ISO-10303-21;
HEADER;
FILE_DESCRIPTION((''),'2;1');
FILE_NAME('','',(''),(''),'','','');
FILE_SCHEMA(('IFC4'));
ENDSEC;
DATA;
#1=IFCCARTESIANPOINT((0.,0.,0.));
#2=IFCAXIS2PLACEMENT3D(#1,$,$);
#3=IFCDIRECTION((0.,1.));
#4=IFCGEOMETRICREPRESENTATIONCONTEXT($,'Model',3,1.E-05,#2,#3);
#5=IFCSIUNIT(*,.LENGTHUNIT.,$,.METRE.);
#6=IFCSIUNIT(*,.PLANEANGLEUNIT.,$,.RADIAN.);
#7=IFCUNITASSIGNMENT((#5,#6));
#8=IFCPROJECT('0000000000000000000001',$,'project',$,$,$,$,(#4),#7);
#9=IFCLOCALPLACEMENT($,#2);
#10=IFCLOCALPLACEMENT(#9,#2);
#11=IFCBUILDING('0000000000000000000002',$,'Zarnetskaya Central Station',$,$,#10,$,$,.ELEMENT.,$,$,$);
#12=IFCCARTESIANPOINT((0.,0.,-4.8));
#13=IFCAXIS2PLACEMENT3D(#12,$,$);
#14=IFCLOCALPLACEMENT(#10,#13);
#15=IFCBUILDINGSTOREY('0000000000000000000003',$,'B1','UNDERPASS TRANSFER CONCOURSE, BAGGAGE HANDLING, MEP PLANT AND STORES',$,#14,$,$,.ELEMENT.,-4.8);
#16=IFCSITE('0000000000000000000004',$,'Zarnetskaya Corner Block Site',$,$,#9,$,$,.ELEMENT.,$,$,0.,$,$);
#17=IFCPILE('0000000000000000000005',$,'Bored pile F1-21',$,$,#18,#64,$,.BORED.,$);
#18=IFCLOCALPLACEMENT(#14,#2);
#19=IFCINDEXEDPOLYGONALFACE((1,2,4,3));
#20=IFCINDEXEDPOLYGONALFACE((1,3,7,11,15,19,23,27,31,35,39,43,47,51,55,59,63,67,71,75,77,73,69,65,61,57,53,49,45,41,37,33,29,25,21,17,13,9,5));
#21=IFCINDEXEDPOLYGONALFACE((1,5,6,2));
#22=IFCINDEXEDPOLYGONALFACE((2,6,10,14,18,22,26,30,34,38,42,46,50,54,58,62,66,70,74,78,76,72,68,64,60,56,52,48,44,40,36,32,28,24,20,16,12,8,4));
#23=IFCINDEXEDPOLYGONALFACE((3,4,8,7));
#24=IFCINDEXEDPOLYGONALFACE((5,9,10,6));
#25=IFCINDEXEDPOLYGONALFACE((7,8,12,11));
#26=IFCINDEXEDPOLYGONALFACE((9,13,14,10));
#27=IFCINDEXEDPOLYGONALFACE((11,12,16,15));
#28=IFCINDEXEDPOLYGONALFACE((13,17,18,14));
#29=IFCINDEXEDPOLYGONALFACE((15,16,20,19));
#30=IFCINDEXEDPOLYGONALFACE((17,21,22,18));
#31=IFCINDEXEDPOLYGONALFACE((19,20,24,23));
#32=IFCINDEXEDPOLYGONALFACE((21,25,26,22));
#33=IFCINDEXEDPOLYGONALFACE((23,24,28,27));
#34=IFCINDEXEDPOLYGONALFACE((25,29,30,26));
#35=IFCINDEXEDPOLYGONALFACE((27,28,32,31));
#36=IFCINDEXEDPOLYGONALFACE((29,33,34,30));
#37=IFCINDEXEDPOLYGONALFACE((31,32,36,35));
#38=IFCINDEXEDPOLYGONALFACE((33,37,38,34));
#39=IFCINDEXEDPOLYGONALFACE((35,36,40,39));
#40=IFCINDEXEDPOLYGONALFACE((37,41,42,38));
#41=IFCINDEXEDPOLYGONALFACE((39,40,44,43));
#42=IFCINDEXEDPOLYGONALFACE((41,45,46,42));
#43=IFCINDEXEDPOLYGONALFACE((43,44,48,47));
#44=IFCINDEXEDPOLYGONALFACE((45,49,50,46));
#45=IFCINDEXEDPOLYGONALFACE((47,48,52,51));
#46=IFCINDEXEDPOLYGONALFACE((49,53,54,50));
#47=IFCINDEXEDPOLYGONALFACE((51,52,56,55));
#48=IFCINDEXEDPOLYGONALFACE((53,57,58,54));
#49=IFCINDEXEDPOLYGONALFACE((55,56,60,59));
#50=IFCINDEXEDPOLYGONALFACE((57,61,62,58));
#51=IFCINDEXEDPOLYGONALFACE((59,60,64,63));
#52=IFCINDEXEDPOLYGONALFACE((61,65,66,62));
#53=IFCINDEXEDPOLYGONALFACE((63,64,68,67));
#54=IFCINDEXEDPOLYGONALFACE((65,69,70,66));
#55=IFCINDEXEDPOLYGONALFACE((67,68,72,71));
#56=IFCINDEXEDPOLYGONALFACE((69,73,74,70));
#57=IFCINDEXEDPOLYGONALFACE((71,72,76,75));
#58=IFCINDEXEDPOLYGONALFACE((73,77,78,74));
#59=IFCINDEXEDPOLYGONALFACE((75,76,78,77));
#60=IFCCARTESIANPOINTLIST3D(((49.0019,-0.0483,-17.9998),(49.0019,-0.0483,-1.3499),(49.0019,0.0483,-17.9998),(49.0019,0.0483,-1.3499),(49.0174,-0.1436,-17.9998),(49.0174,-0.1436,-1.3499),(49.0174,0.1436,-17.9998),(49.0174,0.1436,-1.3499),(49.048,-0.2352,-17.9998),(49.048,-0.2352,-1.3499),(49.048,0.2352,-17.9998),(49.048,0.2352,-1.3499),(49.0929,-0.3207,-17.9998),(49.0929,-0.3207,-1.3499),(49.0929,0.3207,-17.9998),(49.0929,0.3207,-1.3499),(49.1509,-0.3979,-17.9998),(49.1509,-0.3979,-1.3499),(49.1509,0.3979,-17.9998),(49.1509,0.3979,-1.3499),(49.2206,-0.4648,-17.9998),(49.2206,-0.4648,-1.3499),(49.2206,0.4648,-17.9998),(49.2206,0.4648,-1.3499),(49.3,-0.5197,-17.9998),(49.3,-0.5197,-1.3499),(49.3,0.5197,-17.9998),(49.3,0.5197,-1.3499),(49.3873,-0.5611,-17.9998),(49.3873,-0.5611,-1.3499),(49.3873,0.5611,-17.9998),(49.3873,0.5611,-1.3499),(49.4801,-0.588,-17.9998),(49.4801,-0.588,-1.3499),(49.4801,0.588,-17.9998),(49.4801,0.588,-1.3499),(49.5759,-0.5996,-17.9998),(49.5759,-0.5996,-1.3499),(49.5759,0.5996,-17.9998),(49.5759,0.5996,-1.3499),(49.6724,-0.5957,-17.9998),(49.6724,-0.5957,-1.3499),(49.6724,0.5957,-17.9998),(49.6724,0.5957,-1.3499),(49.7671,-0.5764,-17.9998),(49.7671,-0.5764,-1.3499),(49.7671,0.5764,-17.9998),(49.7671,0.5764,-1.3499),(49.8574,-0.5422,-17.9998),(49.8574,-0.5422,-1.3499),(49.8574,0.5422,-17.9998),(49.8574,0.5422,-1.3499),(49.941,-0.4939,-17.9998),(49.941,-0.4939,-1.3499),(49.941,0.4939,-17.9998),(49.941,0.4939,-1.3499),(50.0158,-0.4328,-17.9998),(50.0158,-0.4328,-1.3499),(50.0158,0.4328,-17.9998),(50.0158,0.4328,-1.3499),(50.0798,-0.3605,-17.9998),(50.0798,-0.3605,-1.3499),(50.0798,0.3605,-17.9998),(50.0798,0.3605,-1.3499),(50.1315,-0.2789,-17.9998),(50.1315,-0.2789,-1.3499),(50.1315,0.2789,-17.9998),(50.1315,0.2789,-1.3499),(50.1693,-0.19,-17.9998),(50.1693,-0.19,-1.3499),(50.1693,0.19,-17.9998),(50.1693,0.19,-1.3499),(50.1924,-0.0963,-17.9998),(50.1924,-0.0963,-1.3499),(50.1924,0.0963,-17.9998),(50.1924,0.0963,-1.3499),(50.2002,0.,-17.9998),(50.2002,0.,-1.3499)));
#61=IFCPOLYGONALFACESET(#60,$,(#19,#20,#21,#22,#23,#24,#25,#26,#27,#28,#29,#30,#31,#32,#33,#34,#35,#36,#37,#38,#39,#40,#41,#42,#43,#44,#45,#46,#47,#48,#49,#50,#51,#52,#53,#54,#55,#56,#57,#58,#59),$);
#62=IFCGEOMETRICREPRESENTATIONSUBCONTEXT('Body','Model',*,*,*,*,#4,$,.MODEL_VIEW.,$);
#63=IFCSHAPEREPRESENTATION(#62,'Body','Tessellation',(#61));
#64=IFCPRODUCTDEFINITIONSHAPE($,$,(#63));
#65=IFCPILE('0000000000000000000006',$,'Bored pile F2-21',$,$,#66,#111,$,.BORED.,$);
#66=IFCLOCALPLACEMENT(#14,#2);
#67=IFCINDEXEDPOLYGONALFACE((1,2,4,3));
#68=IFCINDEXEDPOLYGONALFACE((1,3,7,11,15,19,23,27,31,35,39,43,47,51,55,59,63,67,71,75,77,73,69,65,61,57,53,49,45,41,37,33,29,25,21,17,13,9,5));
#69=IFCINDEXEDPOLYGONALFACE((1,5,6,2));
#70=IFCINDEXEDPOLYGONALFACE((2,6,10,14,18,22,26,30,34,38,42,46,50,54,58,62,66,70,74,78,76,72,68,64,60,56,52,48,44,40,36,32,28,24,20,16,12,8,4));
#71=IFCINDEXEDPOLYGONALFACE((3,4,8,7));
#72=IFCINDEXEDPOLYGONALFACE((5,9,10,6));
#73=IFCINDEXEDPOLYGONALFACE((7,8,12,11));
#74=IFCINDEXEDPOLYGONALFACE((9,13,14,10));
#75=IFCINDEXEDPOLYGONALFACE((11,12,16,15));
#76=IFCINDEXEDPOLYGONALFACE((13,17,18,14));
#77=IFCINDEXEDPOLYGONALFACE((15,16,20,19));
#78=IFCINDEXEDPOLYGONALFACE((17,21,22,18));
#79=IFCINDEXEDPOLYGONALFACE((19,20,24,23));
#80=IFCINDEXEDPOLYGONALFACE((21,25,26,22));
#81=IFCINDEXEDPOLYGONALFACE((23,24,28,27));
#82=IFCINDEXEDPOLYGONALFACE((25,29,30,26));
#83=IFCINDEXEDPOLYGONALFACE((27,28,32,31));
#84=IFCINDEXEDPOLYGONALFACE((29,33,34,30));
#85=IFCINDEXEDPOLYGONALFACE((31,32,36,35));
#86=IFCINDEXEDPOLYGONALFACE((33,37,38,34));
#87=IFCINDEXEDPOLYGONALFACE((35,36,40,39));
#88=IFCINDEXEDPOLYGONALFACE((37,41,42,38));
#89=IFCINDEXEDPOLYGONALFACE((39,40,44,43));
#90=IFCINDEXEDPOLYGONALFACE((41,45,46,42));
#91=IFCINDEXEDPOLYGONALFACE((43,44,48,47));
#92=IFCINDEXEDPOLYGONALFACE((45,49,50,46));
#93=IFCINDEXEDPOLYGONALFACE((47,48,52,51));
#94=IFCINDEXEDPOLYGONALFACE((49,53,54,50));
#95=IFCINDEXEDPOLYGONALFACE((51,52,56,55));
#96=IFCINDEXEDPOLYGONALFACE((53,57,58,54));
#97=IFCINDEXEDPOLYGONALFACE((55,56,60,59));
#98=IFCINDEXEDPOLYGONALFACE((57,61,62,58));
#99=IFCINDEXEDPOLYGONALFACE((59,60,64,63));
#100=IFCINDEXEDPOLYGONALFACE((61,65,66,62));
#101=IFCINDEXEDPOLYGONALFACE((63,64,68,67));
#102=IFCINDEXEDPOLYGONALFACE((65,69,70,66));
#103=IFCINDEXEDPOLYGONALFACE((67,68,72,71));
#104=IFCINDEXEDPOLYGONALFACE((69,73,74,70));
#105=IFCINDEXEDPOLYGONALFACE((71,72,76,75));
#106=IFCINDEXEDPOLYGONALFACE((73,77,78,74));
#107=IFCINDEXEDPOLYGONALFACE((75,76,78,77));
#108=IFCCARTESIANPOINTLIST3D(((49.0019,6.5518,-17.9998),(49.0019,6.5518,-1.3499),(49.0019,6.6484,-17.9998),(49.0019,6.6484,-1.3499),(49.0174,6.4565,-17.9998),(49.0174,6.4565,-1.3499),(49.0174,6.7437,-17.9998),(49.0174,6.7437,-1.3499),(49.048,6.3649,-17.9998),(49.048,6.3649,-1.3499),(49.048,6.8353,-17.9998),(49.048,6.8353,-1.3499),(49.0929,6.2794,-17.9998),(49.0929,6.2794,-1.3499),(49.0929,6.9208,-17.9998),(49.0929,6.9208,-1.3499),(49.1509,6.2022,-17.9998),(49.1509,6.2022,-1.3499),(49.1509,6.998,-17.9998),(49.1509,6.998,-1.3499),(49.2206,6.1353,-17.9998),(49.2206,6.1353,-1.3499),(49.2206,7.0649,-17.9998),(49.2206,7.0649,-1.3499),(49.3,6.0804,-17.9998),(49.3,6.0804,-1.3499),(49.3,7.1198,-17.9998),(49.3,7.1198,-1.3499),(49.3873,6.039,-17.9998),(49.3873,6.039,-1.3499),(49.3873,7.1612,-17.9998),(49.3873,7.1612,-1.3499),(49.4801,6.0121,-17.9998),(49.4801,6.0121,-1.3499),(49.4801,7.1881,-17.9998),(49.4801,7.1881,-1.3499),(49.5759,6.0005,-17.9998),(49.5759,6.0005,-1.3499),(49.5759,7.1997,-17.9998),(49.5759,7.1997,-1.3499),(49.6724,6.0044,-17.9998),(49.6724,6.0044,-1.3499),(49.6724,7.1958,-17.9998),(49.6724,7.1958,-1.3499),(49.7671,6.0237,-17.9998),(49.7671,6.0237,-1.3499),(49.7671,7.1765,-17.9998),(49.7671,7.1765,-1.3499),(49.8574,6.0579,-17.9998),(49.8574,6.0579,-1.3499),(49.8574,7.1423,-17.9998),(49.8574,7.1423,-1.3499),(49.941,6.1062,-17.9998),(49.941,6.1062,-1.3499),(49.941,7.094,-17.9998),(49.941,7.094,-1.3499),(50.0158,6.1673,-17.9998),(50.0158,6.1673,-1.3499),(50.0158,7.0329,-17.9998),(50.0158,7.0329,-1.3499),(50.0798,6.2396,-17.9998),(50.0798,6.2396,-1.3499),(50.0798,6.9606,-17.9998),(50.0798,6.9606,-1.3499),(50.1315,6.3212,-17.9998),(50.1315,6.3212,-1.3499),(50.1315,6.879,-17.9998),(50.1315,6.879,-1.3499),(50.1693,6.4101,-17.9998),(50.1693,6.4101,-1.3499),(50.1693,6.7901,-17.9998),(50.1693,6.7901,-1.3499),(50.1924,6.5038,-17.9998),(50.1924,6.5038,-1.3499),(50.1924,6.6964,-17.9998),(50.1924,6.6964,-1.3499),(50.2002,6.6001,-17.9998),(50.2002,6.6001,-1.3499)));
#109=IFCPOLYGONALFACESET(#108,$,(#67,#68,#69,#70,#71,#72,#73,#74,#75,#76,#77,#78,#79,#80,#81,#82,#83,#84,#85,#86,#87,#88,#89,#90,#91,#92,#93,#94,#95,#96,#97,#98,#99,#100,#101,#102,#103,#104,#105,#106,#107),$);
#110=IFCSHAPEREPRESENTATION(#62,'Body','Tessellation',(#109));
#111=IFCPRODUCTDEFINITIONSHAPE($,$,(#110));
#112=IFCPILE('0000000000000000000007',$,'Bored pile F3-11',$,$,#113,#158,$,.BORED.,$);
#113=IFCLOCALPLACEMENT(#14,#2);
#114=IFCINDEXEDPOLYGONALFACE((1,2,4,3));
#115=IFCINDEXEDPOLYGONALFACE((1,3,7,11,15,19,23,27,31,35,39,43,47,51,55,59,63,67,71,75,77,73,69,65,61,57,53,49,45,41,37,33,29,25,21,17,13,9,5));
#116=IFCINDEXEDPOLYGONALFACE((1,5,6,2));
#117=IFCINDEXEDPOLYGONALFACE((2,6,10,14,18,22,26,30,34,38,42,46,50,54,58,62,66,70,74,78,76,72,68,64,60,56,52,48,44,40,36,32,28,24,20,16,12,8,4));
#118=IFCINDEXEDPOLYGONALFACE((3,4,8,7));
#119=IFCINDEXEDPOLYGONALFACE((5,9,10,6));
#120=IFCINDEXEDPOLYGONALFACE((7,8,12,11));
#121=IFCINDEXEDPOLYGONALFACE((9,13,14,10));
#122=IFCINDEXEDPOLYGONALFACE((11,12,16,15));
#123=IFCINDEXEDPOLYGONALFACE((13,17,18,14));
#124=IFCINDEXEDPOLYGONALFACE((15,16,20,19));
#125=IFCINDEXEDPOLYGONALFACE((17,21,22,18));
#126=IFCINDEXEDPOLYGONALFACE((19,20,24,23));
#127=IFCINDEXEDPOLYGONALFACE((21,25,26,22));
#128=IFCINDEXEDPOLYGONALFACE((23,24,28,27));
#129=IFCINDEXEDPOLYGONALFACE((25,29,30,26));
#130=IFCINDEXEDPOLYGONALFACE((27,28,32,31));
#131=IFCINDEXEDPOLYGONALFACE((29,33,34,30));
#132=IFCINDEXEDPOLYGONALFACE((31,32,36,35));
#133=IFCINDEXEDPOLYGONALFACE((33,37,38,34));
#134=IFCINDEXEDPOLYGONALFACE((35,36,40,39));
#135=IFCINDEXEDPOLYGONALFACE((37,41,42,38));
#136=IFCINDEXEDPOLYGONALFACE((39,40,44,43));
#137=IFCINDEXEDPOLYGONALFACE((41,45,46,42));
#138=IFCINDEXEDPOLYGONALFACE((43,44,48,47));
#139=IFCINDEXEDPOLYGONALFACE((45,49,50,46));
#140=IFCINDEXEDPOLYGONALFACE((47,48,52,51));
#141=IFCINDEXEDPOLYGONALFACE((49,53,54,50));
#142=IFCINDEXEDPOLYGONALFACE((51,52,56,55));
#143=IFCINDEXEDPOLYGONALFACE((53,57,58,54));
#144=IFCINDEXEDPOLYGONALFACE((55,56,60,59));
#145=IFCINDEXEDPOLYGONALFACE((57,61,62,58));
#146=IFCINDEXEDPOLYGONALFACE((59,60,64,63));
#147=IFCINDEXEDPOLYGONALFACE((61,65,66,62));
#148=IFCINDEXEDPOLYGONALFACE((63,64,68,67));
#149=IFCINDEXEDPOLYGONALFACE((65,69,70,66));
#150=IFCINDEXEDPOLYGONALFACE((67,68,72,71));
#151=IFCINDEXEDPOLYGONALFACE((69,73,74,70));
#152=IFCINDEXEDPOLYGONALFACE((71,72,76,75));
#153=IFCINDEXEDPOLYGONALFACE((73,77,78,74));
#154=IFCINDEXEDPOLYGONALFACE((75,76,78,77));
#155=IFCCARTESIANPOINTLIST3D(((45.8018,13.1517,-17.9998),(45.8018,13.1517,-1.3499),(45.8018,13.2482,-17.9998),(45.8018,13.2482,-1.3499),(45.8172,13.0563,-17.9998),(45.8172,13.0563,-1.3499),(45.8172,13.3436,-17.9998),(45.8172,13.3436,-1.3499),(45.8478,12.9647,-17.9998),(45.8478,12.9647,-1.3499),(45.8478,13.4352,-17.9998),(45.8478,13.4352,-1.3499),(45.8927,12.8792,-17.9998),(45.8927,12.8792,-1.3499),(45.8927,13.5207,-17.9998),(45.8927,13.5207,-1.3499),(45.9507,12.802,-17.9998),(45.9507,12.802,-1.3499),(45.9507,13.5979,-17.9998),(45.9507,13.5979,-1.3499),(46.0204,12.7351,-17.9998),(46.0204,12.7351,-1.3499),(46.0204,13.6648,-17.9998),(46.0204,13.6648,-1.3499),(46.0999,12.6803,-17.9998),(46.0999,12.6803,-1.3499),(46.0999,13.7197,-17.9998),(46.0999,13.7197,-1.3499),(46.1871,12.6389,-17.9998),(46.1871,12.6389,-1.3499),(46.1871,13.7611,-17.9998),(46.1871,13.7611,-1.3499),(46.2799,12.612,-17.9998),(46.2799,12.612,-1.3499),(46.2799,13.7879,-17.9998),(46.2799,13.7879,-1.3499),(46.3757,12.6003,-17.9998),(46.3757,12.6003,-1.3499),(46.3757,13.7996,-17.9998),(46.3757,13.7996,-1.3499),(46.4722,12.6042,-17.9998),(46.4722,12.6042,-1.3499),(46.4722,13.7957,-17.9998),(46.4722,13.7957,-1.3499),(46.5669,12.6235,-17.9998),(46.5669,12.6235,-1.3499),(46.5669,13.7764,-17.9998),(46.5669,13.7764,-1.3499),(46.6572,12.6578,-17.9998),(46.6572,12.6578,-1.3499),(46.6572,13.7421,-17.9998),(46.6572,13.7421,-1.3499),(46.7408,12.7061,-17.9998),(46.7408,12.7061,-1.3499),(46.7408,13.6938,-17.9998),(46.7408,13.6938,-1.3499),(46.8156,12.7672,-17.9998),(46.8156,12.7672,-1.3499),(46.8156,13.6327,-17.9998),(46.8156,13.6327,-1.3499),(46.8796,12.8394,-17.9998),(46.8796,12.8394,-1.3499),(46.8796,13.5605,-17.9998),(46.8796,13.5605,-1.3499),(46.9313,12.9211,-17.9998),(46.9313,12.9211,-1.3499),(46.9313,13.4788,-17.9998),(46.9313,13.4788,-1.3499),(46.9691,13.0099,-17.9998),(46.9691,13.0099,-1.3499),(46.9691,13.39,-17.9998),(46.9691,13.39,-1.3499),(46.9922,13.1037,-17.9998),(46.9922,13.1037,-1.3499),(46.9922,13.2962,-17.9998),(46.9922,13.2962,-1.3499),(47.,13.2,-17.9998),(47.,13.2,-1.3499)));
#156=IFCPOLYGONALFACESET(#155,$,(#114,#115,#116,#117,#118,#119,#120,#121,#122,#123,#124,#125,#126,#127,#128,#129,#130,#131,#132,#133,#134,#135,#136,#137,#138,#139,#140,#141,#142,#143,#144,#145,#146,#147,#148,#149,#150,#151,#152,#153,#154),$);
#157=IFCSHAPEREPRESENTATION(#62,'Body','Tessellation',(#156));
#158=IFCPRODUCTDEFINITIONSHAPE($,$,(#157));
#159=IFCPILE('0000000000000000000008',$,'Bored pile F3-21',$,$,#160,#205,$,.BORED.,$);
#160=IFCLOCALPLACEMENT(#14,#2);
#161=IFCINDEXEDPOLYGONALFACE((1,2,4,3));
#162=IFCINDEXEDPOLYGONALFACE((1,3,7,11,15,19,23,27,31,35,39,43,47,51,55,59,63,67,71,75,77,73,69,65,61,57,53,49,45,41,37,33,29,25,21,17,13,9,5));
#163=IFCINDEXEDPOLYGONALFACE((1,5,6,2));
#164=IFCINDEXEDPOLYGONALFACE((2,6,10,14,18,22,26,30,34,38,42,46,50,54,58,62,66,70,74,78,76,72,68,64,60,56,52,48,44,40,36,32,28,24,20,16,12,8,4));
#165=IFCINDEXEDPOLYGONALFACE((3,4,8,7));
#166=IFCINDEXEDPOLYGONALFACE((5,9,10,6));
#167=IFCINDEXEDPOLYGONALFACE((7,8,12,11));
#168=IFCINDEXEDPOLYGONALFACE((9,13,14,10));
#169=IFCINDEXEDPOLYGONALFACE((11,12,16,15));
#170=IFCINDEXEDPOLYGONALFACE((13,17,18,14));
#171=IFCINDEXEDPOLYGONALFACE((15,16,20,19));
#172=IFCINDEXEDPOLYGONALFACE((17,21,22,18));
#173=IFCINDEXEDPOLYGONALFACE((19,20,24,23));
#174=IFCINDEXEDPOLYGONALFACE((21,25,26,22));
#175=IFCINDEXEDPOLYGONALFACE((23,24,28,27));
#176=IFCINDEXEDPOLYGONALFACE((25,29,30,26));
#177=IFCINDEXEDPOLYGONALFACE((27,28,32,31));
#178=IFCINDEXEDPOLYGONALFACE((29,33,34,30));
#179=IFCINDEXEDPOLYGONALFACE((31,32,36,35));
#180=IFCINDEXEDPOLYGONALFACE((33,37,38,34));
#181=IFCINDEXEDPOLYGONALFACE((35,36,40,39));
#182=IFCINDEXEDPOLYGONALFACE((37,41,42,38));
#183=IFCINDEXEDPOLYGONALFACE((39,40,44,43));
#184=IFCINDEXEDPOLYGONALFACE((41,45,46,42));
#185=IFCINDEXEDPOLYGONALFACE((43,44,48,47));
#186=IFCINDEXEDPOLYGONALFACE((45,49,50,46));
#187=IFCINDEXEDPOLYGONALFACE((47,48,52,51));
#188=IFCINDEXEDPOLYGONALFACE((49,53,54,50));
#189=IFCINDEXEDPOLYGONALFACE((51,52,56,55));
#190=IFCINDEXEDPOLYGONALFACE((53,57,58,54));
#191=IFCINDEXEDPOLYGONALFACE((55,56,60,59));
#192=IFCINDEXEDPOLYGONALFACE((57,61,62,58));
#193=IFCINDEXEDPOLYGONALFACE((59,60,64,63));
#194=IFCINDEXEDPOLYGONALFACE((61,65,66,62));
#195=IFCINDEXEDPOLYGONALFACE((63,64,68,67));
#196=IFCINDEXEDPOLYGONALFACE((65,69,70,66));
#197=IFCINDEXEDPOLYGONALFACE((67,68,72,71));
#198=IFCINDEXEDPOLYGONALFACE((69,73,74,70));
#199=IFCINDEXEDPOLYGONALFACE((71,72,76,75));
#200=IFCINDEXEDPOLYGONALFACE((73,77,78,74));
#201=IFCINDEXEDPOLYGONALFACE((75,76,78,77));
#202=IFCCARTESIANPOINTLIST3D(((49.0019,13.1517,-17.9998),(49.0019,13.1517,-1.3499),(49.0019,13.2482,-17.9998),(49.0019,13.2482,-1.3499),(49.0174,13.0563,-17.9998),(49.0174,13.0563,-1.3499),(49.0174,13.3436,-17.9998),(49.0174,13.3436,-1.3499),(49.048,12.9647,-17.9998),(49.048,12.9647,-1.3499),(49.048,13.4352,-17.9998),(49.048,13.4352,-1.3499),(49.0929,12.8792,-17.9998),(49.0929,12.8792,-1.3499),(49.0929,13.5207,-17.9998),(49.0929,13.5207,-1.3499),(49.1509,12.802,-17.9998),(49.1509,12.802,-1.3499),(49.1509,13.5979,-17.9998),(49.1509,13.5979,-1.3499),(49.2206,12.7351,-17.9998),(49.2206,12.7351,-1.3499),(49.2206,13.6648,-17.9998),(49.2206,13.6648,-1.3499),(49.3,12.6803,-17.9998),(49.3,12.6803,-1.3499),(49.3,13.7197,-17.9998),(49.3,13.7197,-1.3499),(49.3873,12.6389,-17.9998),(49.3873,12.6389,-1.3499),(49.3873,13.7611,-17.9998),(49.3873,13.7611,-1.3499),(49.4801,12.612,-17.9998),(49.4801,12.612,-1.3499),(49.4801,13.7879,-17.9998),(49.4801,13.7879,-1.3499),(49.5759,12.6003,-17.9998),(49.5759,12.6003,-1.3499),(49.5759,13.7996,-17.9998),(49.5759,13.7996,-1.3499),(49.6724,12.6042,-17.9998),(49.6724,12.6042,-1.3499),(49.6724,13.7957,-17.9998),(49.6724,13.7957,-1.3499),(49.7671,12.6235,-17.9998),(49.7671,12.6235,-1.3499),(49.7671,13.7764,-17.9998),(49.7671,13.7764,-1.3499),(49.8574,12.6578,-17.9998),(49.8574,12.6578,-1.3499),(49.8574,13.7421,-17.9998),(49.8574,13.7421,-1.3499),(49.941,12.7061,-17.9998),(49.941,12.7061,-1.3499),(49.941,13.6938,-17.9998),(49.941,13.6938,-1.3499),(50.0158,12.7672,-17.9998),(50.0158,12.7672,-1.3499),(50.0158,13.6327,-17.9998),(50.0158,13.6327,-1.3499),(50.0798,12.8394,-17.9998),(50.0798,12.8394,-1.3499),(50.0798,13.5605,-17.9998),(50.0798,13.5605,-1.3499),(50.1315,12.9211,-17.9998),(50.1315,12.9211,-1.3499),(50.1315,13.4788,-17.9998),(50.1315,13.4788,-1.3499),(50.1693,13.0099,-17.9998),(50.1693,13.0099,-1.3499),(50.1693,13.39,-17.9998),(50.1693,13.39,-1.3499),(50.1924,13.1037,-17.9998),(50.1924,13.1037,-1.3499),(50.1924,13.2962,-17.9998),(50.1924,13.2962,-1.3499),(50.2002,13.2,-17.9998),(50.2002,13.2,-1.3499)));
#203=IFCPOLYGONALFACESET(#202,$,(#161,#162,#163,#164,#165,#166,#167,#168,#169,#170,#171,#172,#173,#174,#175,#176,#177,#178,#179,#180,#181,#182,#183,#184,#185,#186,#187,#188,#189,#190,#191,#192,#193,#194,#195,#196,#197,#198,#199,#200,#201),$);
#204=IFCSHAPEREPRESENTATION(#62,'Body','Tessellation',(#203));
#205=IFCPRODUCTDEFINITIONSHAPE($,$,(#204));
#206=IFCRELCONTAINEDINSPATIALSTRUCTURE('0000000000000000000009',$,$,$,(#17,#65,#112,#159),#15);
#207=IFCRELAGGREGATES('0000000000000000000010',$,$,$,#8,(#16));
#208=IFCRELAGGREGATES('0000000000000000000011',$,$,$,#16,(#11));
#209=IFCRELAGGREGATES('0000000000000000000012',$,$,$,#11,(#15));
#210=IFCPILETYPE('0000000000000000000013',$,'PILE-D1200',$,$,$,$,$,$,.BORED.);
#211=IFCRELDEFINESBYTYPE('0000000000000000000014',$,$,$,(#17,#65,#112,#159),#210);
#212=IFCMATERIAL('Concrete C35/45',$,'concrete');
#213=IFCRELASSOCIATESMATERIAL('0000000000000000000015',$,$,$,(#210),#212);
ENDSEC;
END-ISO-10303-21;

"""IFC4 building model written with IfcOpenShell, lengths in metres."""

from ifc_helpers import new_model, si_unit, direction, frame, origin, origin_2d, place, context, subcontext, project, spatial, circle, extrude, material, material_profile, profile_set, type_object, element, save


model = new_model("IFC4")

# Units and contexts
model_context = context("Model", 3, precision=1e-05, world=origin(), true_north=direction((0.0, 1.0)))
body_context = subcontext(model_context, "Body", "Model", "MODEL_VIEW")
ifc_project = project(units=[si_unit("LENGTHUNIT", "METRE"), si_unit("PLANEANGLEUNIT", "RADIAN")], contexts=[model_context])

# Site, building, storey
site_placement = place(None, origin())
site = spatial("IfcSite", under=ifc_project, at=site_placement, Name="Zarnetskaya Corner Block Site", CompositionType="ELEMENT", RefElevation=0.0)
building_placement = place(site_placement, origin())
building = spatial("IfcBuilding", under=site, at=building_placement, Name="Zarnetskaya Central Station", CompositionType="ELEMENT")
storey_placement = place(building_placement, frame((0.0, 0.0, -4.8)))
storey = spatial("IfcBuildingStorey", under=building, at=storey_placement, Name="B1", Description="UNDERPASS TRANSFER CONCOURSE, BAGGAGE HANDLING, MEP PLANT AND STORES", CompositionType="ELEMENT", Elevation=-4.8)

# Shared definitions
ifc_material = material(Name="Concrete C35/45", Category="concrete")

# Piles
ifc_material_profile_1 = material_profile(ifc_material, circle(Radius=0.6001, at=origin_2d()), Name="BORED PILE D1200")
ifc_profile_set_1 = profile_set([ifc_material_profile_1], Name="Concrete C35/45")
pile_type_1 = type_object("IfcPileType", Name="PILE-D1200", PredefinedType="BORED", material=ifc_profile_set_1)
for number, where, z_axis, x_axis, name in (
    (1, (49.6001, 0.0, -1.3499), (0.0, 0.0, -1.0), (1.0, 0.0, 0.0), "Bored pile F1-21"),
    (2, (49.6001, 6.6001, -1.3499), (0.0, 0.0, -1.0), (1.0, 0.0, 0.0), "Bored pile F2-21"),
    (3, (46.3999, 13.2, -1.3499), (0.0, 0.0, -1.0), (1.0, 0.0, 0.0), "Bored pile F3-11"),
    (4, (49.6001, 13.2, -1.3499), (0.0, 0.0, -1.0), (1.0, 0.0, 0.0), "Bored pile F3-21"),
):
    element("IfcPile", number, at=place(storey_placement, frame(where, z_axis=z_axis, x_axis=x_axis)), inside=storey, type_object=pile_type_1, Name=name, PredefinedType="BORED", context=body_context, shape_type="SweptSolid", body=[
        extrude(circle(Radius=0.6001, at=origin_2d()), origin(), (0.0, 0.0, 1.0), 16.6499),
    ])

save(model, "model.ifc")
